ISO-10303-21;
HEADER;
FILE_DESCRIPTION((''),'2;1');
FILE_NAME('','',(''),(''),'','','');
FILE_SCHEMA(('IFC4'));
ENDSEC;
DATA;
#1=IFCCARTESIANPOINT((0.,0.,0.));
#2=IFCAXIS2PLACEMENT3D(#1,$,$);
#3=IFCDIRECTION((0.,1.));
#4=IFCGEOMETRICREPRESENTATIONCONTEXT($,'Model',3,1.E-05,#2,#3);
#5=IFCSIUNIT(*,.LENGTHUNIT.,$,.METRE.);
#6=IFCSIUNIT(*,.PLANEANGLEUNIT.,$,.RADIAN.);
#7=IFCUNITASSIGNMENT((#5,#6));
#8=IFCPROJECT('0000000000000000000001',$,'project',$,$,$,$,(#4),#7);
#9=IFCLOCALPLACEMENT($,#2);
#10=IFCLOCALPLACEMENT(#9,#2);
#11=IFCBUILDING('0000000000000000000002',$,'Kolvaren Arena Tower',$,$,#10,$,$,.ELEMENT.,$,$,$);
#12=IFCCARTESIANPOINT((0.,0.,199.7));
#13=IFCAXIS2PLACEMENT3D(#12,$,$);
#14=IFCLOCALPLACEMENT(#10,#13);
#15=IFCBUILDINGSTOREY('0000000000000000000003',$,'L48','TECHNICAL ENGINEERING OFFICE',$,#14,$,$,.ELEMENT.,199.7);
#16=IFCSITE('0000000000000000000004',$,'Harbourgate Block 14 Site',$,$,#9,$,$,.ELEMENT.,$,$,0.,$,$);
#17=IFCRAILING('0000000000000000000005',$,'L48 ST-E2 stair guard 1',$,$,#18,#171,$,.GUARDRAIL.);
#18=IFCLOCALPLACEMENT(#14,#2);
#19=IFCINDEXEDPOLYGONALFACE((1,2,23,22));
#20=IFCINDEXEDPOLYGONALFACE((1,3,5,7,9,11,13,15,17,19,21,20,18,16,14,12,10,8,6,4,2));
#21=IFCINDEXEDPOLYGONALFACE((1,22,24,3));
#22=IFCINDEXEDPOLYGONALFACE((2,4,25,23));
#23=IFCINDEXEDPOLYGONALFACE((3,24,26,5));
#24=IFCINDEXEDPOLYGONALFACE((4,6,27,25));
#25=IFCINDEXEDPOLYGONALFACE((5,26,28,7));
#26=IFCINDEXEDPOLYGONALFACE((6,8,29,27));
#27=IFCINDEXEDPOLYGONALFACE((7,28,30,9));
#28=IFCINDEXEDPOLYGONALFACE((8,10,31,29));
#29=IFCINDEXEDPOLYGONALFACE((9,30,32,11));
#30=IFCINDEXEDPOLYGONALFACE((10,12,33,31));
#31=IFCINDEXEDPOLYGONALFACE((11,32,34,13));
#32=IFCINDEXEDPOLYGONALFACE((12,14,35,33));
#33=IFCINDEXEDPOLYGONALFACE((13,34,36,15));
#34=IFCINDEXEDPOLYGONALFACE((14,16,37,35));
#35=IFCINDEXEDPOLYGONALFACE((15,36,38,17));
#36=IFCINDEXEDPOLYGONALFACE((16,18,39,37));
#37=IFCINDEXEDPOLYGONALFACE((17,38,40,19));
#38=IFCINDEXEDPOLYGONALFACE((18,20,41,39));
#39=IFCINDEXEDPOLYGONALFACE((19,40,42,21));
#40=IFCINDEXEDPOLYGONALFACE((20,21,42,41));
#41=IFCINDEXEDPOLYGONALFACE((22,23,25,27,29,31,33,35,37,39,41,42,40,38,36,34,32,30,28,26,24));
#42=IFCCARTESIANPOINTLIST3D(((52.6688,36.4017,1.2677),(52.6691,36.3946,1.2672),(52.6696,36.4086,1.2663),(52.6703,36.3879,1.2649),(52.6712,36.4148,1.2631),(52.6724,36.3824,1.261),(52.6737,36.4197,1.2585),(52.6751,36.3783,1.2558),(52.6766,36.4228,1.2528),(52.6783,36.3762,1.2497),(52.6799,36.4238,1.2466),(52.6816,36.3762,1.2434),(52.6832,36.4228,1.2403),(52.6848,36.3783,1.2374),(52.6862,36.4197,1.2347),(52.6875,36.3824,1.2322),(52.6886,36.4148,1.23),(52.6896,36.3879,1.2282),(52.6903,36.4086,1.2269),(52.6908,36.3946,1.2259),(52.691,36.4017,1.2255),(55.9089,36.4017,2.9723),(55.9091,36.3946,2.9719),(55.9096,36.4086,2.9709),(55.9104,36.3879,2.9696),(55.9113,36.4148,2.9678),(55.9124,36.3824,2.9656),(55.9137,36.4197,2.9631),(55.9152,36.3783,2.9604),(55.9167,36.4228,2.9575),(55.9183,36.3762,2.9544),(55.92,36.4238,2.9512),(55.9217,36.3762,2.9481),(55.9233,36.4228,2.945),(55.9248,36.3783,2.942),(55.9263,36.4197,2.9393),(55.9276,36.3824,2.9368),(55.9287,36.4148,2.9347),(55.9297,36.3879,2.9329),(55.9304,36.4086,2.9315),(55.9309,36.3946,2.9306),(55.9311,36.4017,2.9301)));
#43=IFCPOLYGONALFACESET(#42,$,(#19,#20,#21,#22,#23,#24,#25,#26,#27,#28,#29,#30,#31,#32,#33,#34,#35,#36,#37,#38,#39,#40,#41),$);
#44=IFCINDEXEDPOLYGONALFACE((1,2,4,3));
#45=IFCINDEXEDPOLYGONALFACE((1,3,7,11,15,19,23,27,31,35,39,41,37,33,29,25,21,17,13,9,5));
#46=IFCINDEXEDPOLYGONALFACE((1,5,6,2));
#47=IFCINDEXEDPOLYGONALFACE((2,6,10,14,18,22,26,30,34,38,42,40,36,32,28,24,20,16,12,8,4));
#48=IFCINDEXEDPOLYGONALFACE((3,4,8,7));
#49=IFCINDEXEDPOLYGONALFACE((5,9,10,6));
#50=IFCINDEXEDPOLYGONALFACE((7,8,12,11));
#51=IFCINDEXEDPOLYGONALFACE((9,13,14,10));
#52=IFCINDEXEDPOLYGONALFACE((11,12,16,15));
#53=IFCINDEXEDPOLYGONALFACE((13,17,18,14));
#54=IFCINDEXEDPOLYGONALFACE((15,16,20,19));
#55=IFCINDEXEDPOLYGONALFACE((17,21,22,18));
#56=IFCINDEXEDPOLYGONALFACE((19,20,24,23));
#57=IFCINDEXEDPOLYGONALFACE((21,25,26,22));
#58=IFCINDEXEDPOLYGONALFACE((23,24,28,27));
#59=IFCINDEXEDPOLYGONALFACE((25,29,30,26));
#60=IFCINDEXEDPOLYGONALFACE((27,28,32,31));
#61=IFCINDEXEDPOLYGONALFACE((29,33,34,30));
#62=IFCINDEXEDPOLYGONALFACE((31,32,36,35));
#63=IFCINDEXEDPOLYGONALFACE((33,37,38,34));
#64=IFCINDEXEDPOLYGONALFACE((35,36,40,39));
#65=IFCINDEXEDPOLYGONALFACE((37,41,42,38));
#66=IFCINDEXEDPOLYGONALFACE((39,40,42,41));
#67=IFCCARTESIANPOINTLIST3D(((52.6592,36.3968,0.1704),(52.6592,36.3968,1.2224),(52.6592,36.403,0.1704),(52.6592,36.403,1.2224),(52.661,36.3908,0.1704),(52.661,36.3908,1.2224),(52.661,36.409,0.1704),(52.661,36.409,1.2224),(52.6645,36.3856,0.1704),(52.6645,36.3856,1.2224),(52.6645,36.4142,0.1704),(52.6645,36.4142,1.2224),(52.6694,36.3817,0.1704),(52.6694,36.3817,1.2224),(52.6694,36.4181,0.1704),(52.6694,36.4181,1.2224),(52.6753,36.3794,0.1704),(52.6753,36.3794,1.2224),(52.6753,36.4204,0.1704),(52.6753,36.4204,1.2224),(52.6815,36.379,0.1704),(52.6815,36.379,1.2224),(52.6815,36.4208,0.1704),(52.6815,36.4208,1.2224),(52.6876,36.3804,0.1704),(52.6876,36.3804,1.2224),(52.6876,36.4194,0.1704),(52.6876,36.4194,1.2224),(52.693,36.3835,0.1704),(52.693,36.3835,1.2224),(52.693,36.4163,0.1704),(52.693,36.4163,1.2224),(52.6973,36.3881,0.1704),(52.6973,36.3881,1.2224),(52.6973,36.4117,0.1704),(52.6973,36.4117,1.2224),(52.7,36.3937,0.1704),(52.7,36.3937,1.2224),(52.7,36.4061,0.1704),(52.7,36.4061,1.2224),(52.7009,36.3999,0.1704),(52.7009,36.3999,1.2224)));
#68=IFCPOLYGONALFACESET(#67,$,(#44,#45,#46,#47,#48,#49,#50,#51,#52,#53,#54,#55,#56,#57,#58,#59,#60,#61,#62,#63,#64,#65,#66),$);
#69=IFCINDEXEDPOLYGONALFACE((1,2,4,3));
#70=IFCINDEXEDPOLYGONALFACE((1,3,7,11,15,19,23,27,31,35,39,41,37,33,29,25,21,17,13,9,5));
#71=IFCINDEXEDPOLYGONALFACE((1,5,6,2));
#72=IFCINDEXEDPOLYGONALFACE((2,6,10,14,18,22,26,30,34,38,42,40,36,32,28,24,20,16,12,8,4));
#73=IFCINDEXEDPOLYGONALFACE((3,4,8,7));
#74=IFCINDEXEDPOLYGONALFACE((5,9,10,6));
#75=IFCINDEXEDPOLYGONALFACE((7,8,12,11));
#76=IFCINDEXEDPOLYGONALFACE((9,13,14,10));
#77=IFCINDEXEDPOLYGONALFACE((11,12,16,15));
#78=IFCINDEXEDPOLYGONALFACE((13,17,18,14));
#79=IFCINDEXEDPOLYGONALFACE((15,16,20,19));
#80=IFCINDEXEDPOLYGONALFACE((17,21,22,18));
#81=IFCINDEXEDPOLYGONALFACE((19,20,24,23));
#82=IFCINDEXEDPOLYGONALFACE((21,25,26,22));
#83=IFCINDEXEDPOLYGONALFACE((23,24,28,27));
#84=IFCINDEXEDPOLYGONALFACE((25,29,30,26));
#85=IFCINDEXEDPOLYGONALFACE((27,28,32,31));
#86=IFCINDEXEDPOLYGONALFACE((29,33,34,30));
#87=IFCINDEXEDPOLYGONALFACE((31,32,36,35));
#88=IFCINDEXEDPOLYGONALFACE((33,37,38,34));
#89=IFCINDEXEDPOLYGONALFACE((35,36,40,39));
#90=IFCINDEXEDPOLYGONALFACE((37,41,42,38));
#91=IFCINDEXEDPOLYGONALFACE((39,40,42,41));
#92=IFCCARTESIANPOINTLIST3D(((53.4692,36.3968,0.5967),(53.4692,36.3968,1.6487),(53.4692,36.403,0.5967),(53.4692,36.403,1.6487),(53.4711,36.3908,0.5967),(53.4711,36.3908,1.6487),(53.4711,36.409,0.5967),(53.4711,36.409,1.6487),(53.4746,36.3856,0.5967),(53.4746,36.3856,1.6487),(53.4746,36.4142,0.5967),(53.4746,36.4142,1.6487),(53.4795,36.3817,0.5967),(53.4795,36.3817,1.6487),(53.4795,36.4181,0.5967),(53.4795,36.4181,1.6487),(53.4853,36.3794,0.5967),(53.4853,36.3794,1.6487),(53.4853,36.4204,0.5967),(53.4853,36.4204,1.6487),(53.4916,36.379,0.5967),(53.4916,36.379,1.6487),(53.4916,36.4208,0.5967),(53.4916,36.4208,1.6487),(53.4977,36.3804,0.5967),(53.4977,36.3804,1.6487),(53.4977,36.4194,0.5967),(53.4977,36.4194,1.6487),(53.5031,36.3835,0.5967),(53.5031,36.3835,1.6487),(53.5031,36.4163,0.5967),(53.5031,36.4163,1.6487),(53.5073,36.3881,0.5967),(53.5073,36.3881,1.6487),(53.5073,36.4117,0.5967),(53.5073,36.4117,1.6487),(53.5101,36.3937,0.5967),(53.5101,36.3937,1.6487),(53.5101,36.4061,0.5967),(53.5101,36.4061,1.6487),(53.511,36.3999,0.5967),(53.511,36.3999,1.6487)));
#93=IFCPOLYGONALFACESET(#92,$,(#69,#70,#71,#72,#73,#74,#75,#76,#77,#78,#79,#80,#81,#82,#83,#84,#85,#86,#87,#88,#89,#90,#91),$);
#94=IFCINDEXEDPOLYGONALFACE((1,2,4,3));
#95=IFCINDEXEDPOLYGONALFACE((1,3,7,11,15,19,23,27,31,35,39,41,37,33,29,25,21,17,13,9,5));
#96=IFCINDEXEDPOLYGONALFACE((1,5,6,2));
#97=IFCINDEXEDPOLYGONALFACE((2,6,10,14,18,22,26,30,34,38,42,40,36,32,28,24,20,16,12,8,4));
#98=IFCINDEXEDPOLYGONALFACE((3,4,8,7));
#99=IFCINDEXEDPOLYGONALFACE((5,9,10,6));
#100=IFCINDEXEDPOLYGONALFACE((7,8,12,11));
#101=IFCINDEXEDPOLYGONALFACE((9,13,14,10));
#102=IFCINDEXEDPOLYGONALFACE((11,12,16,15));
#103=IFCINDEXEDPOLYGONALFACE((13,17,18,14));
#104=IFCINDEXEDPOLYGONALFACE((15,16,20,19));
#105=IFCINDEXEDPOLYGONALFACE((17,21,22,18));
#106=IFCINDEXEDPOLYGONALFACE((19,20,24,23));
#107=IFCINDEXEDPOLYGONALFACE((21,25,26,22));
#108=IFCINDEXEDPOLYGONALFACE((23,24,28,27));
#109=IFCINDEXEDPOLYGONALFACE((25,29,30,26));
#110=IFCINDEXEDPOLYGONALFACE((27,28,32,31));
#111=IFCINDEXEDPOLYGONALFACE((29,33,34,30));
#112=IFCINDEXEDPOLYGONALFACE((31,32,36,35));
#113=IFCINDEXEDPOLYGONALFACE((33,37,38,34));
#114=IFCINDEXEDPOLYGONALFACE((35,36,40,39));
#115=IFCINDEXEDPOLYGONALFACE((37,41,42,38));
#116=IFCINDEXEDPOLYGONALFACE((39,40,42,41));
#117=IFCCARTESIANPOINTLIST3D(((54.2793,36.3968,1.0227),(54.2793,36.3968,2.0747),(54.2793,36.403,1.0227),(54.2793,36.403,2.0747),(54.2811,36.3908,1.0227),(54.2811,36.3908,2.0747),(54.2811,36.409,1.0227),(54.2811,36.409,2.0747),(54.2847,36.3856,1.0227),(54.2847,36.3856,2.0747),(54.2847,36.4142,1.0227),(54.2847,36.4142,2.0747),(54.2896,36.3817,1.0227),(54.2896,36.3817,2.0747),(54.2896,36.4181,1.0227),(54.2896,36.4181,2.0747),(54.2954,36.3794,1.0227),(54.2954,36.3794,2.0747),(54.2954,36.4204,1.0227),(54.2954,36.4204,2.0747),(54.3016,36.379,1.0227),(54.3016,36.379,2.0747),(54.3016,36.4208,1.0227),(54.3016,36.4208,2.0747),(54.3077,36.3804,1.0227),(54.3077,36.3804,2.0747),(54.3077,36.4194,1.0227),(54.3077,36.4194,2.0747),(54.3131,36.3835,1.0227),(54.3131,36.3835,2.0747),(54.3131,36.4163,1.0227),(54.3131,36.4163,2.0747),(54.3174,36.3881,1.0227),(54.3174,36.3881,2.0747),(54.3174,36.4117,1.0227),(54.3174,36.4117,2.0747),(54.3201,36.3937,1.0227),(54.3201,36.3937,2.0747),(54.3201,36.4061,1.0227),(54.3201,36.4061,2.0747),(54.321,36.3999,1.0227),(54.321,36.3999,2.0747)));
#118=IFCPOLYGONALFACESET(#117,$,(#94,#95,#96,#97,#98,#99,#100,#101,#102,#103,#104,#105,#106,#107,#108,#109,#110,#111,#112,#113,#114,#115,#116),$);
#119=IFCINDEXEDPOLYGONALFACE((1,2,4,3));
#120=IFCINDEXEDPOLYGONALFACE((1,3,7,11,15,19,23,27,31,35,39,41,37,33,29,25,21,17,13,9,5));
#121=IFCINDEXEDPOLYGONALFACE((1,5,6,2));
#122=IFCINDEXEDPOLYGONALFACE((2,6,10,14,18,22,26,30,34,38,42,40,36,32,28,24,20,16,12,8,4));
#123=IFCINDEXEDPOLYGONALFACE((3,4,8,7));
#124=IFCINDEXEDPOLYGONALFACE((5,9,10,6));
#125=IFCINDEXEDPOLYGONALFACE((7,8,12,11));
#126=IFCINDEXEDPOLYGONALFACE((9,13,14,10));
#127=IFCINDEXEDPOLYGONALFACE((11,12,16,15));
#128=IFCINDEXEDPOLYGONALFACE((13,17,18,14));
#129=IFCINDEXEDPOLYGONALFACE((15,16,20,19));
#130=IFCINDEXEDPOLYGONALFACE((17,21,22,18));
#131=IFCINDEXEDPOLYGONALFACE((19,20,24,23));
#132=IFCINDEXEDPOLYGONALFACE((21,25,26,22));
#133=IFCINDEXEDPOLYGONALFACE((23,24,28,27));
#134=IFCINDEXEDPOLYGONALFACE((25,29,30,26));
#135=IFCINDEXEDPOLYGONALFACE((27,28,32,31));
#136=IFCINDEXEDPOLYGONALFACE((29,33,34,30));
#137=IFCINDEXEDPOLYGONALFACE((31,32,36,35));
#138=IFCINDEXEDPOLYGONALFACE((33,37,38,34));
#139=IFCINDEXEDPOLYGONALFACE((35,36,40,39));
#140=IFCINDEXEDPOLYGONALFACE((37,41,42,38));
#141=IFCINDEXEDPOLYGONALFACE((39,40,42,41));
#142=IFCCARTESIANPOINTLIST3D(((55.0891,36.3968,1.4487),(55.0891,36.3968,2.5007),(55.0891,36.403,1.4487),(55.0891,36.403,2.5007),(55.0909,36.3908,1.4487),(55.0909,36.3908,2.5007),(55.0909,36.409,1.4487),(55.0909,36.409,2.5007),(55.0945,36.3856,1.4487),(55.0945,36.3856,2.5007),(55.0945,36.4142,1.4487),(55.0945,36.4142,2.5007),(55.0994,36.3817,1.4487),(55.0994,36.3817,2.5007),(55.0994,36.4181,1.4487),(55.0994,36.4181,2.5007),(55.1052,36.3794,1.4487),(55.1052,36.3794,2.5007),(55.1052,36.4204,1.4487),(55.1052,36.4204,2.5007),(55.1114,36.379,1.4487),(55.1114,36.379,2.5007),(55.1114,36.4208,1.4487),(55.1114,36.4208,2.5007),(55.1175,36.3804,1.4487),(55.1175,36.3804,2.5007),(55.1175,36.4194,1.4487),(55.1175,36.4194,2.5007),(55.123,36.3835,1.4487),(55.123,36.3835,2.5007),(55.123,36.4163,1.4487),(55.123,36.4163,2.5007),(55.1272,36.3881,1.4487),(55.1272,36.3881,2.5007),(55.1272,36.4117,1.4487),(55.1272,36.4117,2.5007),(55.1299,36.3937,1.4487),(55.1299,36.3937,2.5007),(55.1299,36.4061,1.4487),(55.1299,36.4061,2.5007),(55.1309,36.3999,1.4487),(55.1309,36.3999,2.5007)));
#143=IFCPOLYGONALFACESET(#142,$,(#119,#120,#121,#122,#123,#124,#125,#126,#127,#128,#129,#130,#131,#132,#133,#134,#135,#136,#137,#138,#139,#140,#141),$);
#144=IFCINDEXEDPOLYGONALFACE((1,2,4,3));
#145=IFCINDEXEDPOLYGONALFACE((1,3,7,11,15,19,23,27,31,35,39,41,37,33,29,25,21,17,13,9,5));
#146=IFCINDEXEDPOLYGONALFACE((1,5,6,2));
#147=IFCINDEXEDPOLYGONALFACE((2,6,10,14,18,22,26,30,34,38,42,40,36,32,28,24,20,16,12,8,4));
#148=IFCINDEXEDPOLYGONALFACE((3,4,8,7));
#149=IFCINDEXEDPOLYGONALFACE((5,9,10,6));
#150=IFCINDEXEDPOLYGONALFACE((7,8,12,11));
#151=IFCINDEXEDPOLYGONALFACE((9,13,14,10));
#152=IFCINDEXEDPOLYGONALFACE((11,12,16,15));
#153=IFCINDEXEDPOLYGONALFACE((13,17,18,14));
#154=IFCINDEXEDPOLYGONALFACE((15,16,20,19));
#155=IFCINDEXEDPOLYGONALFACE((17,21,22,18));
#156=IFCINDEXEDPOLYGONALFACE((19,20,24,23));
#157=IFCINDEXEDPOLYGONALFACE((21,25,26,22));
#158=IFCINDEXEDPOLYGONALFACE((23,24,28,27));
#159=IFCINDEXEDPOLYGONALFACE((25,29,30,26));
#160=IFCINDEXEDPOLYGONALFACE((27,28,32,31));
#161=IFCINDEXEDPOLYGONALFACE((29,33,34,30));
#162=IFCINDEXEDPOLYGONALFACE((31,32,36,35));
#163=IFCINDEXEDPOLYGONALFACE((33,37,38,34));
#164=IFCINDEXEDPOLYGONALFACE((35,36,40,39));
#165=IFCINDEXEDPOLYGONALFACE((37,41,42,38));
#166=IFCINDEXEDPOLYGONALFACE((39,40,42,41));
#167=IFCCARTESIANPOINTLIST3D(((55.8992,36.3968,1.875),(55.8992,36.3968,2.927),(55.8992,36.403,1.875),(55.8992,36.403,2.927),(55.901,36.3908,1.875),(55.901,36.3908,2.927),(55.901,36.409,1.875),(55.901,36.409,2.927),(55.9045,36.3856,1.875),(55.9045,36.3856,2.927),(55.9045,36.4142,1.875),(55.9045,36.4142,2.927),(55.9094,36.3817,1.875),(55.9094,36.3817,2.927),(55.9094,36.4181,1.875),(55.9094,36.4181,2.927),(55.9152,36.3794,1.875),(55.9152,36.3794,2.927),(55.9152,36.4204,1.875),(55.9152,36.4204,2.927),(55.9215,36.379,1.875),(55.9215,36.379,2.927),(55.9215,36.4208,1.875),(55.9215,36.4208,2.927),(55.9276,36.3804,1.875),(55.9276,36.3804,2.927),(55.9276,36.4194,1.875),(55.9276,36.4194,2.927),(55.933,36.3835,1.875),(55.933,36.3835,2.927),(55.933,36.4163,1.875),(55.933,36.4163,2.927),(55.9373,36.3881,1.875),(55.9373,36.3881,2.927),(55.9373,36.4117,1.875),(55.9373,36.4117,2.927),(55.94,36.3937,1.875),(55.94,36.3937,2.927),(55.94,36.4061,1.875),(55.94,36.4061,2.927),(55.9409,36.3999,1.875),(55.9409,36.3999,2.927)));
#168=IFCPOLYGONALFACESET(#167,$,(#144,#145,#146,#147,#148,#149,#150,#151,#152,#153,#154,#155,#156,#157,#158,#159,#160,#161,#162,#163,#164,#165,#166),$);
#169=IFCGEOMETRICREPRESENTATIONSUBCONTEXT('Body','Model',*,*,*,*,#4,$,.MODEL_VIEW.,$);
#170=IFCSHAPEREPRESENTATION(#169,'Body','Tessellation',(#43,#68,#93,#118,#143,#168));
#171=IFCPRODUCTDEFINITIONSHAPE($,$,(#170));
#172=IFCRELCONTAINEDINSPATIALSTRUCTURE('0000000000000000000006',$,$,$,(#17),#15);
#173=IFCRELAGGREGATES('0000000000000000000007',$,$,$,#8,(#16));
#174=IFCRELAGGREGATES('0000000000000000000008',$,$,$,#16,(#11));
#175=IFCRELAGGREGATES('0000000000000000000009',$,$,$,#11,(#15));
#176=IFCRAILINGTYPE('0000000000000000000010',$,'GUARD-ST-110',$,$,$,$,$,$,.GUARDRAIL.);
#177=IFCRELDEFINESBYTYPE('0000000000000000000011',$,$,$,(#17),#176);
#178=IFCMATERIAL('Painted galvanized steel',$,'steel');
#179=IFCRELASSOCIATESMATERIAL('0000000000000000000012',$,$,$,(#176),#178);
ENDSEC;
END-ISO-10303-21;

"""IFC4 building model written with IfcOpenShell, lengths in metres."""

from ifc_helpers import new_model, si_unit, direction, frame, origin, origin_2d, place, context, subcontext, project, spatial, circle, extrude, material, type_object, element, save


model = new_model("IFC4")

# Units and contexts
model_context = context("Model", 3, precision=1e-05, world=origin(), true_north=direction((0.0, 1.0)))
body_context = subcontext(model_context, "Body", "Model", "MODEL_VIEW")
ifc_project = project(units=[si_unit("LENGTHUNIT", "METRE"), si_unit("PLANEANGLEUNIT", "RADIAN")], contexts=[model_context])

# Site, building, storey
site_placement = place(None, origin())
site = spatial("IfcSite", under=ifc_project, at=site_placement, Name="Harbourgate Block 14 Site", CompositionType="ELEMENT", RefElevation=0.0)
building_placement = place(site_placement, origin())
building = spatial("IfcBuilding", under=site, at=building_placement, Name="Kolvaren Arena Tower", CompositionType="ELEMENT")
storey_placement = place(building_placement, frame((0.0, 0.0, 199.7)))
storey = spatial("IfcBuildingStorey", under=building, at=storey_placement, Name="L48", Description="TECHNICAL ENGINEERING OFFICE", CompositionType="ELEMENT", Elevation=199.7)

# Railing
ifc_material_1 = material(Name="Painted galvanized steel", Category="steel")
railing_type_1 = type_object("IfcRailingType", Name="GUARD-ST-110", PredefinedType="GUARDRAIL", material=ifc_material_1)
railing_1_placement = place(storey_placement, frame((52.6799, 36.3999, 0.1704)))
element("IfcRailing", 1, at=railing_1_placement, inside=storey, type_object=railing_type_1, Name="L48 ST-E2 stair guard 1", PredefinedType="GUARDRAIL", context=body_context, shape_type="SweptSolid", body=[
    extrude(circle(Radius=0.0239, at=origin_2d()), frame((0.0, 0.0, 1.0762), z_axis=(0.884993, 0.0, 0.465604), x_axis=(0.0, 1.0, 0.0)), (0.0, 0.0, 1.0), 3.6611),
    extrude(circle(Radius=0.021, at=origin_2d()), origin(), (0.0, 0.0, 1.0), 1.052),
    extrude(circle(Radius=0.021, at=origin_2d()), frame((0.8101, 0.0, 0.4263)), (0.0, 0.0, 1.0), 1.052),
    extrude(circle(Radius=0.021, at=origin_2d()), frame((1.6201, 0.0, 0.8523)), (0.0, 0.0, 1.0), 1.052),
    extrude(circle(Radius=0.021, at=origin_2d()), frame((2.4299, 0.0, 1.2783)), (0.0, 0.0, 1.0), 1.052),
    extrude(circle(Radius=0.021, at=origin_2d()), frame((3.24, 0.0, 1.7046)), (0.0, 0.0, 1.0), 1.052),
])

save(model, "model.ifc")
